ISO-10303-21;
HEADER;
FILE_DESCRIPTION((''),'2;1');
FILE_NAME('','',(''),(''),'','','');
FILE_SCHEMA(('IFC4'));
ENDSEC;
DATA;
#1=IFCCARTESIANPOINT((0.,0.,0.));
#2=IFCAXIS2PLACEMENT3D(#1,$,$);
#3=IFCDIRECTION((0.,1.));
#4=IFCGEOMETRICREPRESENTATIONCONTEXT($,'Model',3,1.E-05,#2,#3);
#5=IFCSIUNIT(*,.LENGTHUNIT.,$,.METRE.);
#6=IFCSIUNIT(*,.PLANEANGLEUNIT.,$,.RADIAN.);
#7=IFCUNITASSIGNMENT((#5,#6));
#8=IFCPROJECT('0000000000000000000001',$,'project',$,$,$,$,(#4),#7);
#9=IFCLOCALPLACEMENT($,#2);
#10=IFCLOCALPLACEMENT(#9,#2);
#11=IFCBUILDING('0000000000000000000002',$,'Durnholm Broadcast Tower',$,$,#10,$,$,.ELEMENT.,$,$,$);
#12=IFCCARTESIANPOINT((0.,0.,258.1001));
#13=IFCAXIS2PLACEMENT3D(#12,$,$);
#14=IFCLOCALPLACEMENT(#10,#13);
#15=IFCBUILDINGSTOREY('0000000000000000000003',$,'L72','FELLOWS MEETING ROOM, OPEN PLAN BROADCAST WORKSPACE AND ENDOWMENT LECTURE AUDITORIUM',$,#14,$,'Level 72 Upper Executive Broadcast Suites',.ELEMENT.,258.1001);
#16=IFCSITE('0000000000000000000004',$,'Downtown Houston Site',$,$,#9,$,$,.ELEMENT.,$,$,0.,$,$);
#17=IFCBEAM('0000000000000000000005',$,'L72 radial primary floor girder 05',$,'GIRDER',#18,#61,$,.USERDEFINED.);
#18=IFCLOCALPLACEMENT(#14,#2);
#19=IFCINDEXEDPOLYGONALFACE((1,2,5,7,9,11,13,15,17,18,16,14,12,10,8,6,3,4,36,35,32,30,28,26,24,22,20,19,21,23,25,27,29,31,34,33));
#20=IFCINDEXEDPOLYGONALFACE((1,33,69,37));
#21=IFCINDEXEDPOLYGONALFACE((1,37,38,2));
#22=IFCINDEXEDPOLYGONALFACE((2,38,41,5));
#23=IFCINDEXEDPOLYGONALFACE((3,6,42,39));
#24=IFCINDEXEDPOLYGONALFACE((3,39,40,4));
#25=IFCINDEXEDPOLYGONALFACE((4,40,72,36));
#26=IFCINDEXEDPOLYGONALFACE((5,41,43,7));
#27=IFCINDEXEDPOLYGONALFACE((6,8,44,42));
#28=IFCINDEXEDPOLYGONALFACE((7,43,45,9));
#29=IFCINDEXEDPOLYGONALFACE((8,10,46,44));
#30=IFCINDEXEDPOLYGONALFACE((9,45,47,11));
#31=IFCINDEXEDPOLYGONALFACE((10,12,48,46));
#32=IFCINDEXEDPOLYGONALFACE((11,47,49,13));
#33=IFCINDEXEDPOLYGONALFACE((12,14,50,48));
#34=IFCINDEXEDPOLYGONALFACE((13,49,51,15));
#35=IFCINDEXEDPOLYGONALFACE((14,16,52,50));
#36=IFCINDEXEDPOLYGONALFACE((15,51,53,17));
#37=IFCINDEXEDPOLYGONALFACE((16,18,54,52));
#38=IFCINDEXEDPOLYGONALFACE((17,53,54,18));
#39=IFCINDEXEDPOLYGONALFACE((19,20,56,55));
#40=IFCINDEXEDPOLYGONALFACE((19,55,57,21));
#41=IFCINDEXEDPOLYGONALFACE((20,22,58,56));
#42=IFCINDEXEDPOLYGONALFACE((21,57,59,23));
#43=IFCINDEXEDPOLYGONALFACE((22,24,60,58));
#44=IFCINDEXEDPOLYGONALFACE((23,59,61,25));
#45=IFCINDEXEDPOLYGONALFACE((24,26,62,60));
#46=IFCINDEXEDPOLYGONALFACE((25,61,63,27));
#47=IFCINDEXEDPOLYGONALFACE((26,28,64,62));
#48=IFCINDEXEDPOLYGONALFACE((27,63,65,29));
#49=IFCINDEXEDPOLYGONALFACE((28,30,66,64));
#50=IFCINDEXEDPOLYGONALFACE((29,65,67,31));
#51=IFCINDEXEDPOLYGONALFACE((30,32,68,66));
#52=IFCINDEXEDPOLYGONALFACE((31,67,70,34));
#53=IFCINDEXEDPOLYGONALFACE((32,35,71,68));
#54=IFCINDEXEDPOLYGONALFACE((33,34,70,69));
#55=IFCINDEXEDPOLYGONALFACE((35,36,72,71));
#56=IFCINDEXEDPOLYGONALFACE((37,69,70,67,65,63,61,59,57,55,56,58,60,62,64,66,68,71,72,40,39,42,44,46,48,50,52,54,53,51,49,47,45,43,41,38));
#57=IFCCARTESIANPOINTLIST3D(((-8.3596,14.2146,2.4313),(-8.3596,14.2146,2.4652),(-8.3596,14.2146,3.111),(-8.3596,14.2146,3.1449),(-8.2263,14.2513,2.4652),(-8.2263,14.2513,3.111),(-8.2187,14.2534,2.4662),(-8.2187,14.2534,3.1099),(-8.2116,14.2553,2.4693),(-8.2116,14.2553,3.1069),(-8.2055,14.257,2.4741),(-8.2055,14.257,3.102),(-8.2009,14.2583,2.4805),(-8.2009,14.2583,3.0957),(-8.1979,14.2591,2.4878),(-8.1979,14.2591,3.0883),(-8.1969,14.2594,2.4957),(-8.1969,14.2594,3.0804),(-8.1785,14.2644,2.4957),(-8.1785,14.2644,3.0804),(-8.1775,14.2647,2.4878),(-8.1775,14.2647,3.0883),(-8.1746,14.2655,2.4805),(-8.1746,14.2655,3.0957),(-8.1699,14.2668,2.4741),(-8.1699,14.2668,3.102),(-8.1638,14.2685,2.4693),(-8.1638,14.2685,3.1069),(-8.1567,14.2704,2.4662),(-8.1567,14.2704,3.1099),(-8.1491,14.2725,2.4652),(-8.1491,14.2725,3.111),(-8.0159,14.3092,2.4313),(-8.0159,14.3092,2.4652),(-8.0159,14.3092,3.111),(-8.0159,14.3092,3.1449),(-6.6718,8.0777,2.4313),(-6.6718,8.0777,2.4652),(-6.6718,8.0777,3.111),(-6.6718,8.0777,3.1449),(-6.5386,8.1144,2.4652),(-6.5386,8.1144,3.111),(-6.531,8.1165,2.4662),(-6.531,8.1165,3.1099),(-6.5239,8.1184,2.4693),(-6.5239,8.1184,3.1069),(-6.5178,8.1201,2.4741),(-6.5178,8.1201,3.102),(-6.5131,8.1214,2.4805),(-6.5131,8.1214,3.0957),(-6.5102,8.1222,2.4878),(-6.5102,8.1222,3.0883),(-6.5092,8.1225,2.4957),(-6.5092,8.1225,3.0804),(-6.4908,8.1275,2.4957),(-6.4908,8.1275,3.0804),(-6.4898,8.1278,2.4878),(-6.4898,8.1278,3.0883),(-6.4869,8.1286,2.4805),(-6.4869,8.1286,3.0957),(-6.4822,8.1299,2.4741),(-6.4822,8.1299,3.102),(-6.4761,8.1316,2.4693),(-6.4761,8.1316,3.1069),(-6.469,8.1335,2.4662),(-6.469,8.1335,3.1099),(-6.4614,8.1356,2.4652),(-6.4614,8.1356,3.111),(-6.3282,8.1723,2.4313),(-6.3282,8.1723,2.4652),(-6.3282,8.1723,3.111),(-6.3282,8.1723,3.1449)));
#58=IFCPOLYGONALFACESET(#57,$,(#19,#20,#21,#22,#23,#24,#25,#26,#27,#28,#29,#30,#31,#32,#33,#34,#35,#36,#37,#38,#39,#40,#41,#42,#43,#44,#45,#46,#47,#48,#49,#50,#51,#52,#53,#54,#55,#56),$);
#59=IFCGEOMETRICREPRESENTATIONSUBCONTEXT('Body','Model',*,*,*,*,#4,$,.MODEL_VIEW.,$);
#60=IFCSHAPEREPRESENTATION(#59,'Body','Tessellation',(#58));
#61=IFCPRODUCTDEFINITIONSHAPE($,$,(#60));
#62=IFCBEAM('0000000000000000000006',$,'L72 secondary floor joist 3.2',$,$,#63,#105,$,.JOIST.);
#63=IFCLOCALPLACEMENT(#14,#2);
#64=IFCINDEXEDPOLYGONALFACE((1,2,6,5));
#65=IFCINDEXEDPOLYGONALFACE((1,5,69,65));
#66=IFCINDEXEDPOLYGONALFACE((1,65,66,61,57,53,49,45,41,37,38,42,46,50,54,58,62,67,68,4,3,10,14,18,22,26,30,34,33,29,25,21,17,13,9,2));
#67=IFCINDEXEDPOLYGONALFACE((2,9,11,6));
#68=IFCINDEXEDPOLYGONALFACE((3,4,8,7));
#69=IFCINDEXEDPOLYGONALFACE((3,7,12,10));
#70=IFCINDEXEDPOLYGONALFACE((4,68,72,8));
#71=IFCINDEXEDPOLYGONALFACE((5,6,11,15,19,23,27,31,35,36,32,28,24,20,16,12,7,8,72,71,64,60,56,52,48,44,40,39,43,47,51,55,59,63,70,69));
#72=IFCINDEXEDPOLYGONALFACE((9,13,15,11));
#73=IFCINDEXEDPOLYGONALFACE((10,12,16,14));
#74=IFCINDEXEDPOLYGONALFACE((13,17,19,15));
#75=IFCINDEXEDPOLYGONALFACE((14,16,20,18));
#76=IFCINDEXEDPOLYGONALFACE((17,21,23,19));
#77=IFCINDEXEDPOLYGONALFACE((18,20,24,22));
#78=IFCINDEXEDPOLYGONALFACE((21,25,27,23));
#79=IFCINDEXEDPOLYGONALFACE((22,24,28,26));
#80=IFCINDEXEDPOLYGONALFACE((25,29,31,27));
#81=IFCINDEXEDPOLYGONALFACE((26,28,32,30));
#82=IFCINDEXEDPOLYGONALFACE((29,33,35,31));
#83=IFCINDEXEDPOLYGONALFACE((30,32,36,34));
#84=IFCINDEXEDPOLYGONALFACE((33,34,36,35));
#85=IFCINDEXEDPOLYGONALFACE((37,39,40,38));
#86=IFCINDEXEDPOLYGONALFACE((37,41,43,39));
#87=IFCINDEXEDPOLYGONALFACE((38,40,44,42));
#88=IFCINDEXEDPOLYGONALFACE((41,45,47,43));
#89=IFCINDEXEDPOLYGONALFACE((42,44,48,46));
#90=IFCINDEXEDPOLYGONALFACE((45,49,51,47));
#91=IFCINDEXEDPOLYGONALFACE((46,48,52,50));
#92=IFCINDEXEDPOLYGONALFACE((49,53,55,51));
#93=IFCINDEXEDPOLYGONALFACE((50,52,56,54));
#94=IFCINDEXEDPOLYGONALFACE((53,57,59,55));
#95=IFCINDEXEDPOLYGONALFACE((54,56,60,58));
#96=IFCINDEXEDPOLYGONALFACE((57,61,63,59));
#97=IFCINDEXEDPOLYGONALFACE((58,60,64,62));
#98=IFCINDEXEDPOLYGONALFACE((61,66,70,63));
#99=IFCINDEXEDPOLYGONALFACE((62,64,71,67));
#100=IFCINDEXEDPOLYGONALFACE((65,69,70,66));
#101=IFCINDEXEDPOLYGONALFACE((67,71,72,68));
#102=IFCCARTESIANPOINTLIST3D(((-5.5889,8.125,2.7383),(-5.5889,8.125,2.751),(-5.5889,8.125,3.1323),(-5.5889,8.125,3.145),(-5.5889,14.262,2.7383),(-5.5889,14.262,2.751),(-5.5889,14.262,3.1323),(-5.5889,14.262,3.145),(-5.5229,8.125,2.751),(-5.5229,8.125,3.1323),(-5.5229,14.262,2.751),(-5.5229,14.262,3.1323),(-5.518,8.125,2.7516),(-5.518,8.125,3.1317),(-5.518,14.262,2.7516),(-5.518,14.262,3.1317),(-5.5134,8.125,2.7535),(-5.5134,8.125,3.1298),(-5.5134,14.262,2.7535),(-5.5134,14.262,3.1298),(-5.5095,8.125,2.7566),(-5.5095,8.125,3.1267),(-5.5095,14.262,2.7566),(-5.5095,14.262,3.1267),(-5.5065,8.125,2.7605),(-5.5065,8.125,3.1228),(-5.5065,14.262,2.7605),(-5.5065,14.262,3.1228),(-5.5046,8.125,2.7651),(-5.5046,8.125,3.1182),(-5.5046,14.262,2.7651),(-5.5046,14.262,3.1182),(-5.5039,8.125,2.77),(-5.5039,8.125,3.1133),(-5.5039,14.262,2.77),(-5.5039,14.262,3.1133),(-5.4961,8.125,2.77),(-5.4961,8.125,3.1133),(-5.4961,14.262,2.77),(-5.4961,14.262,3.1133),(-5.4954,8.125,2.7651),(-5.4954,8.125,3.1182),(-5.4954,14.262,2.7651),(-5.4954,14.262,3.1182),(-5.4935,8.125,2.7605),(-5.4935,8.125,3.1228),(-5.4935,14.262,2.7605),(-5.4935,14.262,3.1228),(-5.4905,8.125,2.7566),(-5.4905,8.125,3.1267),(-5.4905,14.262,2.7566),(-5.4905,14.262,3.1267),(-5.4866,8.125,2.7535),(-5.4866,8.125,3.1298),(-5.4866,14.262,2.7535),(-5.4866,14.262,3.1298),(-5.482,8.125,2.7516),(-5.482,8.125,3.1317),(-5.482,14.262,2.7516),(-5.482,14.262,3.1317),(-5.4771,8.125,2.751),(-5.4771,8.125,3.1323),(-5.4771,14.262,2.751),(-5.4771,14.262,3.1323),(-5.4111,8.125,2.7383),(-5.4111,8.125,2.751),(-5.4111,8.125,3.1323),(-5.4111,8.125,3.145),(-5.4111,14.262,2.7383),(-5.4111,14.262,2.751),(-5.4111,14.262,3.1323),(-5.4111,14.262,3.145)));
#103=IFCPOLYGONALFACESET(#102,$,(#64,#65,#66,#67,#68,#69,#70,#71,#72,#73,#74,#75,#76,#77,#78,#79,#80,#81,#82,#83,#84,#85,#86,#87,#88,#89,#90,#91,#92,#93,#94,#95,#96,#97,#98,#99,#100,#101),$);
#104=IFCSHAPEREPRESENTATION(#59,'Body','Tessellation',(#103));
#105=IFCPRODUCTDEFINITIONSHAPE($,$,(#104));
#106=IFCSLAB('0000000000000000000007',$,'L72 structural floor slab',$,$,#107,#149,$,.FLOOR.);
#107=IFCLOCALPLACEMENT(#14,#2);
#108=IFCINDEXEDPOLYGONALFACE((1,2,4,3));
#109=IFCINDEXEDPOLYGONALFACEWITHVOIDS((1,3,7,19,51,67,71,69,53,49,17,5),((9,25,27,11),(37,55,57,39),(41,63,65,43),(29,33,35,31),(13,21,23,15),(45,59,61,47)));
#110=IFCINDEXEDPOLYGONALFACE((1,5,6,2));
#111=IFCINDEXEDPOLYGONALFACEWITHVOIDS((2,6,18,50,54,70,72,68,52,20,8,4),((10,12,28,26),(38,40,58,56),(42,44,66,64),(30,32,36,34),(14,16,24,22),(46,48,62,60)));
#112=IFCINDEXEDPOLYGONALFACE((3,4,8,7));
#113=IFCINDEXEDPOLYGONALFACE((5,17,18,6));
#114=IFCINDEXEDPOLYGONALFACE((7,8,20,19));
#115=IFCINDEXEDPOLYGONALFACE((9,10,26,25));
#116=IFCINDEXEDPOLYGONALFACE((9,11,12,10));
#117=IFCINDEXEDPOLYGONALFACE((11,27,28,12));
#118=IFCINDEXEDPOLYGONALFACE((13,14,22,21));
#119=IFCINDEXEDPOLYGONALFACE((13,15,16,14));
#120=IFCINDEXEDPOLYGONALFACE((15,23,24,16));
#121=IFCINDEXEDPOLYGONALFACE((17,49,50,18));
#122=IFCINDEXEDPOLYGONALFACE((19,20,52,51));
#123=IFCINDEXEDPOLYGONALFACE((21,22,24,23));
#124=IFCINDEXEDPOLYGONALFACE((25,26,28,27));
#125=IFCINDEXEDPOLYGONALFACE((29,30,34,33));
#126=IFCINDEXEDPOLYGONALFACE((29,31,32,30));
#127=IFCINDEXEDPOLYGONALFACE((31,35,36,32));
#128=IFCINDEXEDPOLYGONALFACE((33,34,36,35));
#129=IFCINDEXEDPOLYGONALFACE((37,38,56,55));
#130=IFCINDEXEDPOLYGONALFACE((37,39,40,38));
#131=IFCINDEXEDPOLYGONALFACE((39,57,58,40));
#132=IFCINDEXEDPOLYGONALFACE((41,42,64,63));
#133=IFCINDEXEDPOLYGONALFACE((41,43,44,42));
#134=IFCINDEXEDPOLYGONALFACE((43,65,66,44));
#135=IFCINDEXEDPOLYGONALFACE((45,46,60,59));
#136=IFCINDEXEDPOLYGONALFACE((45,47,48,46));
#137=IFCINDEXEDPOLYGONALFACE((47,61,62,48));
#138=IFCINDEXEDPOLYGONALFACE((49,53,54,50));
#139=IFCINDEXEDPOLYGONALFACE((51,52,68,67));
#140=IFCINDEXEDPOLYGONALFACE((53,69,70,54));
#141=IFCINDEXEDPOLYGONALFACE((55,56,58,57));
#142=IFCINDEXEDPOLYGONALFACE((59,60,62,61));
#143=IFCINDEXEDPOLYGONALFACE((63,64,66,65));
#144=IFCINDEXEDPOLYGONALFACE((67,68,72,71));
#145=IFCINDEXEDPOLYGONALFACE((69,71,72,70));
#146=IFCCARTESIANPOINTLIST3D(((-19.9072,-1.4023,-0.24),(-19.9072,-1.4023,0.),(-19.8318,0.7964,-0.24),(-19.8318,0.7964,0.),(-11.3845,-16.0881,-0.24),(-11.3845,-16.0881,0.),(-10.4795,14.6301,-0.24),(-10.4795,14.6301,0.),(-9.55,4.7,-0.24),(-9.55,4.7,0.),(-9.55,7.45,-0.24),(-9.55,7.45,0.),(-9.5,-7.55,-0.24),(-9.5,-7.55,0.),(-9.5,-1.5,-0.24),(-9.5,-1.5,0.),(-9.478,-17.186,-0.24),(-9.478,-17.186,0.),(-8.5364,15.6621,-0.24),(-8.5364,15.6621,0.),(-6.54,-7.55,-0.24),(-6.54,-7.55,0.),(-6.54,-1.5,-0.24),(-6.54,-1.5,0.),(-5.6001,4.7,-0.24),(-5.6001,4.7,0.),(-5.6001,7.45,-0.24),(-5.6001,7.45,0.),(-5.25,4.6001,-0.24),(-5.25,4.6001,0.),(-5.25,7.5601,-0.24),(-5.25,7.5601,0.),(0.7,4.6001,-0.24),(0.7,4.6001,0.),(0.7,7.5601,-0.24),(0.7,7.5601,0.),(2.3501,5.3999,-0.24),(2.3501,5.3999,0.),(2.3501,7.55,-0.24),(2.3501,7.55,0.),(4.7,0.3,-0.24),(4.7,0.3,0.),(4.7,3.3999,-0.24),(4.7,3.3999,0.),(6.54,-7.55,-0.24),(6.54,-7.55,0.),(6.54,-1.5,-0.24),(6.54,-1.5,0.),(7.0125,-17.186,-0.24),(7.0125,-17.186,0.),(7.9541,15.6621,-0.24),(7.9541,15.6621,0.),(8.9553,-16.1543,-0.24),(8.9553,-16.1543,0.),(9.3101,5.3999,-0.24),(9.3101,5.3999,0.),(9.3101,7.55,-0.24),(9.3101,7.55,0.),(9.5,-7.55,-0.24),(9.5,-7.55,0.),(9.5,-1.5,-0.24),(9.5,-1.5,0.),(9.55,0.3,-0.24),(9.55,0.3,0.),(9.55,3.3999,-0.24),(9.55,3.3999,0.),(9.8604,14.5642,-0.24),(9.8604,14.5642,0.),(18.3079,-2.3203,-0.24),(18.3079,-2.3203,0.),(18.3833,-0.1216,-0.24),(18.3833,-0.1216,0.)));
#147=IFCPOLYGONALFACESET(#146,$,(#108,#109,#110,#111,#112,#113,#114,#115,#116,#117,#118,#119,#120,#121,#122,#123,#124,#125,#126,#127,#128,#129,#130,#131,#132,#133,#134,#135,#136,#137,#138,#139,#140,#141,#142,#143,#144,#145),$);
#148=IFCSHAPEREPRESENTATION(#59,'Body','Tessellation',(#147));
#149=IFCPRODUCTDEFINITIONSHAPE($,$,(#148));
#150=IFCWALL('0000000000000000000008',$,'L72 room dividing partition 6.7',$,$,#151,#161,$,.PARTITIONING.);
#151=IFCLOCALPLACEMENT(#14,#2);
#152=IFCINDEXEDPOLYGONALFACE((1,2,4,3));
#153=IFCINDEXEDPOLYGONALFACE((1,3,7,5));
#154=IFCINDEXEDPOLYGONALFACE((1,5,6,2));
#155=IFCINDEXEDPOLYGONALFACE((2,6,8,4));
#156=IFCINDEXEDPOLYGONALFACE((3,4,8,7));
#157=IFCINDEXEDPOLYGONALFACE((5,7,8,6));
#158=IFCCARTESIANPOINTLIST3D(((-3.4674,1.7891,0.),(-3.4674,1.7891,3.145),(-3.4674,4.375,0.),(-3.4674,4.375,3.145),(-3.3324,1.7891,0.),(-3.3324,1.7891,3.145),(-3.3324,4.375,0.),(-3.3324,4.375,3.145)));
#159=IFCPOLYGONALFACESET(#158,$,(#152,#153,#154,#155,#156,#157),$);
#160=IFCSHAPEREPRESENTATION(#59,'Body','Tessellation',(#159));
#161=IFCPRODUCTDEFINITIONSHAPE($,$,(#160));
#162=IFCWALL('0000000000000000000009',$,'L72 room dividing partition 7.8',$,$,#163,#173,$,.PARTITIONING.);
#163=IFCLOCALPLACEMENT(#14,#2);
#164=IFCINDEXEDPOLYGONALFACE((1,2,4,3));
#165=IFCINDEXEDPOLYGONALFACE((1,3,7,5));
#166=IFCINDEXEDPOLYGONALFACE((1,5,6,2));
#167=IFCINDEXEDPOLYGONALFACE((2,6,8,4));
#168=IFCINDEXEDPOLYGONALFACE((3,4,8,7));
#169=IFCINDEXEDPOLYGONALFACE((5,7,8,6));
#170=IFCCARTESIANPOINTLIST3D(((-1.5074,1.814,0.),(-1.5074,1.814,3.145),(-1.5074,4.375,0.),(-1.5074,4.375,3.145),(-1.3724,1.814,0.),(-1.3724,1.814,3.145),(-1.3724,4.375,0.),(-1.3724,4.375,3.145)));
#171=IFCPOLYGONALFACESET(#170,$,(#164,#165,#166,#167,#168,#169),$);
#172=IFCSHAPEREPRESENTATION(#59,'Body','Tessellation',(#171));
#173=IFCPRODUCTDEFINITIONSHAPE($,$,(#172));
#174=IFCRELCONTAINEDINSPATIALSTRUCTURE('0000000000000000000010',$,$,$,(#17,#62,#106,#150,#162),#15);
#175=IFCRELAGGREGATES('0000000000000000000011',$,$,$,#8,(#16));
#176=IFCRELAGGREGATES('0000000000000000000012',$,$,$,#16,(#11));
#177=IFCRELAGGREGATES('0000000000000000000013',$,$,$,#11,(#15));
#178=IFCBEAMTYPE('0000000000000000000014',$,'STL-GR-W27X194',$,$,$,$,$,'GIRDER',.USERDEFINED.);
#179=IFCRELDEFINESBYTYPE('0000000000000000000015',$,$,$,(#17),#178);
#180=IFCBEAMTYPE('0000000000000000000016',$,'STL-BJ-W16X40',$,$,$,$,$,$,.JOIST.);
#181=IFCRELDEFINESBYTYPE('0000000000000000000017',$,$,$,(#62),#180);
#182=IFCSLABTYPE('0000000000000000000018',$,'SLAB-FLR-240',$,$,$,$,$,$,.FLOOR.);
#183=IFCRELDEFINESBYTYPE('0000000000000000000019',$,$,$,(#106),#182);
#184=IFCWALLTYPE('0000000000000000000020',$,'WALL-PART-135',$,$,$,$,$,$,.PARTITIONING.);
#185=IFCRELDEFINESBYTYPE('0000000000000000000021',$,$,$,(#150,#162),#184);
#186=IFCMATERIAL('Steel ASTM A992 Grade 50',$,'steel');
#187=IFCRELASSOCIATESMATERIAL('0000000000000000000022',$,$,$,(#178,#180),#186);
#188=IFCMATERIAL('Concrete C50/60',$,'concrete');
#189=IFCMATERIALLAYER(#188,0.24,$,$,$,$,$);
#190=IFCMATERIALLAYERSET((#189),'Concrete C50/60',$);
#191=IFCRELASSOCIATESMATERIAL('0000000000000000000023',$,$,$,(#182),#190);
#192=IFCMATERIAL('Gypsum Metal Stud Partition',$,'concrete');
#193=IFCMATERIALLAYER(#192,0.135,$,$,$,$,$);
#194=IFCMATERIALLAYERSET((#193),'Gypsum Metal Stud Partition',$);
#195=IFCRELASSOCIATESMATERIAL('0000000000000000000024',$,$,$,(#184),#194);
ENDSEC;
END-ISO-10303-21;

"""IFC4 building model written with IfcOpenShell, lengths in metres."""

from ifc_helpers import new_model, si_unit, direction, frame, frame_2d, origin, origin_2d, place, context, subcontext, project, spatial, polyline, rectangle, i_section, outline, extrude, source, transform, mapped, material, layer, layer_set, material_profile, profile_set, type_object, type_shapes, element, save


model = new_model("IFC4")

# Units and contexts
model_context = context("Model", 3, precision=1e-05, world=origin(), true_north=direction((0.0, 1.0)))
body_context = subcontext(model_context, "Body", "Model", "MODEL_VIEW")
ifc_project = project(units=[si_unit("LENGTHUNIT", "METRE"), si_unit("PLANEANGLEUNIT", "RADIAN")], contexts=[model_context])

# Site, building, storey
site_placement = place(None, origin())
site = spatial("IfcSite", under=ifc_project, at=site_placement, Name="Downtown Houston Site", CompositionType="ELEMENT", RefElevation=0.0)
building_placement = place(site_placement, origin())
building = spatial("IfcBuilding", under=site, at=building_placement, Name="Durnholm Broadcast Tower", CompositionType="ELEMENT")
storey_placement = place(building_placement, frame((0.0, 0.0, 258.1001)))
storey = spatial("IfcBuildingStorey", under=building, at=storey_placement, Name="L72", Description="FELLOWS MEETING ROOM, OPEN PLAN BROADCAST WORKSPACE AND ENDOWMENT LECTURE AUDITORIUM", LongName="Level 72 Upper Executive Broadcast Suites", CompositionType="ELEMENT", Elevation=258.1001)

# Beams
ifc_material_1 = material(Name="Steel ASTM A992 Grade 50", Category="steel")
ifc_material_profile_1 = material_profile(ifc_material_1, i_section(OverallWidth=0.3564, OverallDepth=0.7136, WebThickness=0.019, FlangeThickness=0.0339, FilletRadius=0.0305, at=origin_2d()), Name="W27X194")
ifc_profile_set_1 = profile_set([ifc_material_profile_1], Name="Steel ASTM A992 Grade 50")
beam_type_1 = type_object("IfcBeamType", Name="STL-GR-W27X194", ElementType="GIRDER", PredefinedType="USERDEFINED", material=ifc_profile_set_1)
shared_shape_1 = source(origin(), body_context, "Body", "SweptSolid", [
    extrude(i_section(OverallWidth=0.3564, OverallDepth=0.7136, WebThickness=0.019, FlangeThickness=0.0339, FilletRadius=0.0305, at=origin_2d()), origin(), (0.0, 0.0, 1.0), 6.3647),
])
type_shapes(beam_type_1, [shared_shape_1])
beam_1_placement = place(storey_placement, frame((-6.5, 8.125, 2.7881), z_axis=(-0.265168, 0.964202, 0.0), x_axis=(-0.964202, -0.265168, 0.0)))
element("IfcBeam", 1, at=beam_1_placement, inside=storey, type_object=beam_type_1, Name="L72 radial primary floor girder 05", ObjectType="GIRDER", PredefinedType="USERDEFINED", context=body_context, shape_type="MappedRepresentation", body=[
    mapped(shared_shape_1, transform((0.0, 0.0, 0.0), x_axis=(1.0, 0.0, 0.0), y_axis=(0.0, 1.0, 0.0), z_axis=(0.0, 0.0, 1.0), scale=1.0)),
])
ifc_material_profile_2 = material_profile(ifc_material_1, i_section(OverallWidth=0.1777, OverallDepth=0.4067, WebThickness=0.0078, FlangeThickness=0.0127, FilletRadius=0.019, at=origin_2d()), Name="W16X40")
ifc_profile_set_2 = profile_set([ifc_material_profile_2], Name="Steel ASTM A992 Grade 50")
beam_type_2 = type_object("IfcBeamType", Name="STL-BJ-W16X40", PredefinedType="JOIST", material=ifc_profile_set_2)
shared_shape_2 = source(origin(), body_context, "Body", "SweptSolid", [
    extrude(i_section(OverallWidth=0.1777, OverallDepth=0.4067, WebThickness=0.0078, FlangeThickness=0.0127, FilletRadius=0.019, at=origin_2d()), origin(), (0.0, 0.0, 1.0), 6.137),
])
type_shapes(beam_type_2, [shared_shape_2])
beam_2_placement = place(storey_placement, frame((-5.5, 8.125, 2.9417), z_axis=(0.0, 1.0, 0.0), x_axis=(-1.0, 0.0, 0.0)))
element("IfcBeam", 2, at=beam_2_placement, inside=storey, type_object=beam_type_2, Name="L72 secondary floor joist 3.2", PredefinedType="JOIST", context=body_context, shape_type="MappedRepresentation", body=[
    mapped(shared_shape_2, transform((0.0, 0.0, 0.0), x_axis=(1.0, 0.0, 0.0), y_axis=(0.0, 1.0, 0.0), z_axis=(0.0, 0.0, 1.0), scale=1.0)),
])

# Slab
ifc_material_2 = material(Name="Concrete C50/60", Category="concrete")
ifc_layer_1 = layer(ifc_material_2, 0.24)
ifc_layer_set_1 = layer_set([ifc_layer_1], Name="Concrete C50/60")
slab_type = type_object("IfcSlabType", Name="SLAB-FLR-240", PredefinedType="FLOOR", material=ifc_layer_set_1)
slab_placement = place(storey_placement, frame((0.0, 0.0, -0.24)))
element("IfcSlab", 3, at=slab_placement, inside=storey, type_object=slab_type, Name="L72 structural floor slab", PredefinedType="FLOOR", context=body_context, shape_type="SweptSolid", body=[
    extrude(outline(polyline([(-11.3845, -16.0881), (-9.478, -17.186), (7.0125, -17.186), (8.9553, -16.1543), (18.3079, -2.3203), (18.3833, -0.1216), (9.8604, 14.5642), (7.9541, 15.6621), (-8.5364, 15.6621), (-10.4795, 14.6301), (-19.8318, 0.7964), (-19.9072, -1.4023), (-11.3845, -16.0881)]), holes=[polyline([(-6.54, -1.5), (-9.5, -1.5), (-9.5, -7.55), (-6.54, -7.55), (-6.54, -1.5)]), polyline([(9.5, -7.55), (9.5, -1.5), (6.54, -1.5), (6.54, -7.55), (9.5, -7.55)]), polyline([(9.55, 3.3999), (4.7, 3.3999), (4.7, 0.3), (9.55, 0.3), (9.55, 3.3999)]), polyline([(-9.55, 7.45), (-9.55, 4.7), (-5.6001, 4.7), (-5.6001, 7.45), (-9.55, 7.45)]), polyline([(-5.25, 4.6001), (0.7, 4.6001), (0.7, 7.5601), (-5.25, 7.5601), (-5.25, 4.6001)]), polyline([(9.3101, 7.55), (2.3501, 7.55), (2.3501, 5.3999), (9.3101, 5.3999), (9.3101, 7.55)])]), origin(), (0.0, 0.0, 1.0), 0.24),
])

# Walls
ifc_material_3 = material(Name="Gypsum Metal Stud Partition", Category="concrete")
ifc_layer_2 = layer(ifc_material_3, 0.135)
ifc_layer_set_2 = layer_set([ifc_layer_2], Name="Gypsum Metal Stud Partition")
wall_type_1 = type_object("IfcWallType", Name="WALL-PART-135", PredefinedType="PARTITIONING", material=ifc_layer_set_2)
wall_1_placement = place(storey_placement, frame((-3.3999, 4.375, 0.0), z_axis=(0.0, 0.0, 1.0), x_axis=(0.0, -1.0, 0.0)))
element("IfcWall", 4, at=wall_1_placement, inside=storey, type_object=wall_type_1, Name="L72 room dividing partition 6.7", PredefinedType="PARTITIONING", context=body_context, shape_type="SweptSolid", body=[
    extrude(rectangle(XDim=2.5859, YDim=0.135, at=frame_2d((1.293, 0.0))), origin(), (0.0, 0.0, 1.0), 3.145),
])
wall_2_placement = place(storey_placement, frame((-1.4399, 4.375, 0.0), z_axis=(0.0, 0.0, 1.0), x_axis=(0.0, -1.0, 0.0)))
element("IfcWall", 5, at=wall_2_placement, inside=storey, type_object=wall_type_1, Name="L72 room dividing partition 7.8", PredefinedType="PARTITIONING", context=body_context, shape_type="SweptSolid", body=[
    extrude(rectangle(XDim=2.561, YDim=0.135, at=frame_2d((1.2805, 0.0))), origin(), (0.0, 0.0, 1.0), 3.145),
])

save(model, "model.ifc")
